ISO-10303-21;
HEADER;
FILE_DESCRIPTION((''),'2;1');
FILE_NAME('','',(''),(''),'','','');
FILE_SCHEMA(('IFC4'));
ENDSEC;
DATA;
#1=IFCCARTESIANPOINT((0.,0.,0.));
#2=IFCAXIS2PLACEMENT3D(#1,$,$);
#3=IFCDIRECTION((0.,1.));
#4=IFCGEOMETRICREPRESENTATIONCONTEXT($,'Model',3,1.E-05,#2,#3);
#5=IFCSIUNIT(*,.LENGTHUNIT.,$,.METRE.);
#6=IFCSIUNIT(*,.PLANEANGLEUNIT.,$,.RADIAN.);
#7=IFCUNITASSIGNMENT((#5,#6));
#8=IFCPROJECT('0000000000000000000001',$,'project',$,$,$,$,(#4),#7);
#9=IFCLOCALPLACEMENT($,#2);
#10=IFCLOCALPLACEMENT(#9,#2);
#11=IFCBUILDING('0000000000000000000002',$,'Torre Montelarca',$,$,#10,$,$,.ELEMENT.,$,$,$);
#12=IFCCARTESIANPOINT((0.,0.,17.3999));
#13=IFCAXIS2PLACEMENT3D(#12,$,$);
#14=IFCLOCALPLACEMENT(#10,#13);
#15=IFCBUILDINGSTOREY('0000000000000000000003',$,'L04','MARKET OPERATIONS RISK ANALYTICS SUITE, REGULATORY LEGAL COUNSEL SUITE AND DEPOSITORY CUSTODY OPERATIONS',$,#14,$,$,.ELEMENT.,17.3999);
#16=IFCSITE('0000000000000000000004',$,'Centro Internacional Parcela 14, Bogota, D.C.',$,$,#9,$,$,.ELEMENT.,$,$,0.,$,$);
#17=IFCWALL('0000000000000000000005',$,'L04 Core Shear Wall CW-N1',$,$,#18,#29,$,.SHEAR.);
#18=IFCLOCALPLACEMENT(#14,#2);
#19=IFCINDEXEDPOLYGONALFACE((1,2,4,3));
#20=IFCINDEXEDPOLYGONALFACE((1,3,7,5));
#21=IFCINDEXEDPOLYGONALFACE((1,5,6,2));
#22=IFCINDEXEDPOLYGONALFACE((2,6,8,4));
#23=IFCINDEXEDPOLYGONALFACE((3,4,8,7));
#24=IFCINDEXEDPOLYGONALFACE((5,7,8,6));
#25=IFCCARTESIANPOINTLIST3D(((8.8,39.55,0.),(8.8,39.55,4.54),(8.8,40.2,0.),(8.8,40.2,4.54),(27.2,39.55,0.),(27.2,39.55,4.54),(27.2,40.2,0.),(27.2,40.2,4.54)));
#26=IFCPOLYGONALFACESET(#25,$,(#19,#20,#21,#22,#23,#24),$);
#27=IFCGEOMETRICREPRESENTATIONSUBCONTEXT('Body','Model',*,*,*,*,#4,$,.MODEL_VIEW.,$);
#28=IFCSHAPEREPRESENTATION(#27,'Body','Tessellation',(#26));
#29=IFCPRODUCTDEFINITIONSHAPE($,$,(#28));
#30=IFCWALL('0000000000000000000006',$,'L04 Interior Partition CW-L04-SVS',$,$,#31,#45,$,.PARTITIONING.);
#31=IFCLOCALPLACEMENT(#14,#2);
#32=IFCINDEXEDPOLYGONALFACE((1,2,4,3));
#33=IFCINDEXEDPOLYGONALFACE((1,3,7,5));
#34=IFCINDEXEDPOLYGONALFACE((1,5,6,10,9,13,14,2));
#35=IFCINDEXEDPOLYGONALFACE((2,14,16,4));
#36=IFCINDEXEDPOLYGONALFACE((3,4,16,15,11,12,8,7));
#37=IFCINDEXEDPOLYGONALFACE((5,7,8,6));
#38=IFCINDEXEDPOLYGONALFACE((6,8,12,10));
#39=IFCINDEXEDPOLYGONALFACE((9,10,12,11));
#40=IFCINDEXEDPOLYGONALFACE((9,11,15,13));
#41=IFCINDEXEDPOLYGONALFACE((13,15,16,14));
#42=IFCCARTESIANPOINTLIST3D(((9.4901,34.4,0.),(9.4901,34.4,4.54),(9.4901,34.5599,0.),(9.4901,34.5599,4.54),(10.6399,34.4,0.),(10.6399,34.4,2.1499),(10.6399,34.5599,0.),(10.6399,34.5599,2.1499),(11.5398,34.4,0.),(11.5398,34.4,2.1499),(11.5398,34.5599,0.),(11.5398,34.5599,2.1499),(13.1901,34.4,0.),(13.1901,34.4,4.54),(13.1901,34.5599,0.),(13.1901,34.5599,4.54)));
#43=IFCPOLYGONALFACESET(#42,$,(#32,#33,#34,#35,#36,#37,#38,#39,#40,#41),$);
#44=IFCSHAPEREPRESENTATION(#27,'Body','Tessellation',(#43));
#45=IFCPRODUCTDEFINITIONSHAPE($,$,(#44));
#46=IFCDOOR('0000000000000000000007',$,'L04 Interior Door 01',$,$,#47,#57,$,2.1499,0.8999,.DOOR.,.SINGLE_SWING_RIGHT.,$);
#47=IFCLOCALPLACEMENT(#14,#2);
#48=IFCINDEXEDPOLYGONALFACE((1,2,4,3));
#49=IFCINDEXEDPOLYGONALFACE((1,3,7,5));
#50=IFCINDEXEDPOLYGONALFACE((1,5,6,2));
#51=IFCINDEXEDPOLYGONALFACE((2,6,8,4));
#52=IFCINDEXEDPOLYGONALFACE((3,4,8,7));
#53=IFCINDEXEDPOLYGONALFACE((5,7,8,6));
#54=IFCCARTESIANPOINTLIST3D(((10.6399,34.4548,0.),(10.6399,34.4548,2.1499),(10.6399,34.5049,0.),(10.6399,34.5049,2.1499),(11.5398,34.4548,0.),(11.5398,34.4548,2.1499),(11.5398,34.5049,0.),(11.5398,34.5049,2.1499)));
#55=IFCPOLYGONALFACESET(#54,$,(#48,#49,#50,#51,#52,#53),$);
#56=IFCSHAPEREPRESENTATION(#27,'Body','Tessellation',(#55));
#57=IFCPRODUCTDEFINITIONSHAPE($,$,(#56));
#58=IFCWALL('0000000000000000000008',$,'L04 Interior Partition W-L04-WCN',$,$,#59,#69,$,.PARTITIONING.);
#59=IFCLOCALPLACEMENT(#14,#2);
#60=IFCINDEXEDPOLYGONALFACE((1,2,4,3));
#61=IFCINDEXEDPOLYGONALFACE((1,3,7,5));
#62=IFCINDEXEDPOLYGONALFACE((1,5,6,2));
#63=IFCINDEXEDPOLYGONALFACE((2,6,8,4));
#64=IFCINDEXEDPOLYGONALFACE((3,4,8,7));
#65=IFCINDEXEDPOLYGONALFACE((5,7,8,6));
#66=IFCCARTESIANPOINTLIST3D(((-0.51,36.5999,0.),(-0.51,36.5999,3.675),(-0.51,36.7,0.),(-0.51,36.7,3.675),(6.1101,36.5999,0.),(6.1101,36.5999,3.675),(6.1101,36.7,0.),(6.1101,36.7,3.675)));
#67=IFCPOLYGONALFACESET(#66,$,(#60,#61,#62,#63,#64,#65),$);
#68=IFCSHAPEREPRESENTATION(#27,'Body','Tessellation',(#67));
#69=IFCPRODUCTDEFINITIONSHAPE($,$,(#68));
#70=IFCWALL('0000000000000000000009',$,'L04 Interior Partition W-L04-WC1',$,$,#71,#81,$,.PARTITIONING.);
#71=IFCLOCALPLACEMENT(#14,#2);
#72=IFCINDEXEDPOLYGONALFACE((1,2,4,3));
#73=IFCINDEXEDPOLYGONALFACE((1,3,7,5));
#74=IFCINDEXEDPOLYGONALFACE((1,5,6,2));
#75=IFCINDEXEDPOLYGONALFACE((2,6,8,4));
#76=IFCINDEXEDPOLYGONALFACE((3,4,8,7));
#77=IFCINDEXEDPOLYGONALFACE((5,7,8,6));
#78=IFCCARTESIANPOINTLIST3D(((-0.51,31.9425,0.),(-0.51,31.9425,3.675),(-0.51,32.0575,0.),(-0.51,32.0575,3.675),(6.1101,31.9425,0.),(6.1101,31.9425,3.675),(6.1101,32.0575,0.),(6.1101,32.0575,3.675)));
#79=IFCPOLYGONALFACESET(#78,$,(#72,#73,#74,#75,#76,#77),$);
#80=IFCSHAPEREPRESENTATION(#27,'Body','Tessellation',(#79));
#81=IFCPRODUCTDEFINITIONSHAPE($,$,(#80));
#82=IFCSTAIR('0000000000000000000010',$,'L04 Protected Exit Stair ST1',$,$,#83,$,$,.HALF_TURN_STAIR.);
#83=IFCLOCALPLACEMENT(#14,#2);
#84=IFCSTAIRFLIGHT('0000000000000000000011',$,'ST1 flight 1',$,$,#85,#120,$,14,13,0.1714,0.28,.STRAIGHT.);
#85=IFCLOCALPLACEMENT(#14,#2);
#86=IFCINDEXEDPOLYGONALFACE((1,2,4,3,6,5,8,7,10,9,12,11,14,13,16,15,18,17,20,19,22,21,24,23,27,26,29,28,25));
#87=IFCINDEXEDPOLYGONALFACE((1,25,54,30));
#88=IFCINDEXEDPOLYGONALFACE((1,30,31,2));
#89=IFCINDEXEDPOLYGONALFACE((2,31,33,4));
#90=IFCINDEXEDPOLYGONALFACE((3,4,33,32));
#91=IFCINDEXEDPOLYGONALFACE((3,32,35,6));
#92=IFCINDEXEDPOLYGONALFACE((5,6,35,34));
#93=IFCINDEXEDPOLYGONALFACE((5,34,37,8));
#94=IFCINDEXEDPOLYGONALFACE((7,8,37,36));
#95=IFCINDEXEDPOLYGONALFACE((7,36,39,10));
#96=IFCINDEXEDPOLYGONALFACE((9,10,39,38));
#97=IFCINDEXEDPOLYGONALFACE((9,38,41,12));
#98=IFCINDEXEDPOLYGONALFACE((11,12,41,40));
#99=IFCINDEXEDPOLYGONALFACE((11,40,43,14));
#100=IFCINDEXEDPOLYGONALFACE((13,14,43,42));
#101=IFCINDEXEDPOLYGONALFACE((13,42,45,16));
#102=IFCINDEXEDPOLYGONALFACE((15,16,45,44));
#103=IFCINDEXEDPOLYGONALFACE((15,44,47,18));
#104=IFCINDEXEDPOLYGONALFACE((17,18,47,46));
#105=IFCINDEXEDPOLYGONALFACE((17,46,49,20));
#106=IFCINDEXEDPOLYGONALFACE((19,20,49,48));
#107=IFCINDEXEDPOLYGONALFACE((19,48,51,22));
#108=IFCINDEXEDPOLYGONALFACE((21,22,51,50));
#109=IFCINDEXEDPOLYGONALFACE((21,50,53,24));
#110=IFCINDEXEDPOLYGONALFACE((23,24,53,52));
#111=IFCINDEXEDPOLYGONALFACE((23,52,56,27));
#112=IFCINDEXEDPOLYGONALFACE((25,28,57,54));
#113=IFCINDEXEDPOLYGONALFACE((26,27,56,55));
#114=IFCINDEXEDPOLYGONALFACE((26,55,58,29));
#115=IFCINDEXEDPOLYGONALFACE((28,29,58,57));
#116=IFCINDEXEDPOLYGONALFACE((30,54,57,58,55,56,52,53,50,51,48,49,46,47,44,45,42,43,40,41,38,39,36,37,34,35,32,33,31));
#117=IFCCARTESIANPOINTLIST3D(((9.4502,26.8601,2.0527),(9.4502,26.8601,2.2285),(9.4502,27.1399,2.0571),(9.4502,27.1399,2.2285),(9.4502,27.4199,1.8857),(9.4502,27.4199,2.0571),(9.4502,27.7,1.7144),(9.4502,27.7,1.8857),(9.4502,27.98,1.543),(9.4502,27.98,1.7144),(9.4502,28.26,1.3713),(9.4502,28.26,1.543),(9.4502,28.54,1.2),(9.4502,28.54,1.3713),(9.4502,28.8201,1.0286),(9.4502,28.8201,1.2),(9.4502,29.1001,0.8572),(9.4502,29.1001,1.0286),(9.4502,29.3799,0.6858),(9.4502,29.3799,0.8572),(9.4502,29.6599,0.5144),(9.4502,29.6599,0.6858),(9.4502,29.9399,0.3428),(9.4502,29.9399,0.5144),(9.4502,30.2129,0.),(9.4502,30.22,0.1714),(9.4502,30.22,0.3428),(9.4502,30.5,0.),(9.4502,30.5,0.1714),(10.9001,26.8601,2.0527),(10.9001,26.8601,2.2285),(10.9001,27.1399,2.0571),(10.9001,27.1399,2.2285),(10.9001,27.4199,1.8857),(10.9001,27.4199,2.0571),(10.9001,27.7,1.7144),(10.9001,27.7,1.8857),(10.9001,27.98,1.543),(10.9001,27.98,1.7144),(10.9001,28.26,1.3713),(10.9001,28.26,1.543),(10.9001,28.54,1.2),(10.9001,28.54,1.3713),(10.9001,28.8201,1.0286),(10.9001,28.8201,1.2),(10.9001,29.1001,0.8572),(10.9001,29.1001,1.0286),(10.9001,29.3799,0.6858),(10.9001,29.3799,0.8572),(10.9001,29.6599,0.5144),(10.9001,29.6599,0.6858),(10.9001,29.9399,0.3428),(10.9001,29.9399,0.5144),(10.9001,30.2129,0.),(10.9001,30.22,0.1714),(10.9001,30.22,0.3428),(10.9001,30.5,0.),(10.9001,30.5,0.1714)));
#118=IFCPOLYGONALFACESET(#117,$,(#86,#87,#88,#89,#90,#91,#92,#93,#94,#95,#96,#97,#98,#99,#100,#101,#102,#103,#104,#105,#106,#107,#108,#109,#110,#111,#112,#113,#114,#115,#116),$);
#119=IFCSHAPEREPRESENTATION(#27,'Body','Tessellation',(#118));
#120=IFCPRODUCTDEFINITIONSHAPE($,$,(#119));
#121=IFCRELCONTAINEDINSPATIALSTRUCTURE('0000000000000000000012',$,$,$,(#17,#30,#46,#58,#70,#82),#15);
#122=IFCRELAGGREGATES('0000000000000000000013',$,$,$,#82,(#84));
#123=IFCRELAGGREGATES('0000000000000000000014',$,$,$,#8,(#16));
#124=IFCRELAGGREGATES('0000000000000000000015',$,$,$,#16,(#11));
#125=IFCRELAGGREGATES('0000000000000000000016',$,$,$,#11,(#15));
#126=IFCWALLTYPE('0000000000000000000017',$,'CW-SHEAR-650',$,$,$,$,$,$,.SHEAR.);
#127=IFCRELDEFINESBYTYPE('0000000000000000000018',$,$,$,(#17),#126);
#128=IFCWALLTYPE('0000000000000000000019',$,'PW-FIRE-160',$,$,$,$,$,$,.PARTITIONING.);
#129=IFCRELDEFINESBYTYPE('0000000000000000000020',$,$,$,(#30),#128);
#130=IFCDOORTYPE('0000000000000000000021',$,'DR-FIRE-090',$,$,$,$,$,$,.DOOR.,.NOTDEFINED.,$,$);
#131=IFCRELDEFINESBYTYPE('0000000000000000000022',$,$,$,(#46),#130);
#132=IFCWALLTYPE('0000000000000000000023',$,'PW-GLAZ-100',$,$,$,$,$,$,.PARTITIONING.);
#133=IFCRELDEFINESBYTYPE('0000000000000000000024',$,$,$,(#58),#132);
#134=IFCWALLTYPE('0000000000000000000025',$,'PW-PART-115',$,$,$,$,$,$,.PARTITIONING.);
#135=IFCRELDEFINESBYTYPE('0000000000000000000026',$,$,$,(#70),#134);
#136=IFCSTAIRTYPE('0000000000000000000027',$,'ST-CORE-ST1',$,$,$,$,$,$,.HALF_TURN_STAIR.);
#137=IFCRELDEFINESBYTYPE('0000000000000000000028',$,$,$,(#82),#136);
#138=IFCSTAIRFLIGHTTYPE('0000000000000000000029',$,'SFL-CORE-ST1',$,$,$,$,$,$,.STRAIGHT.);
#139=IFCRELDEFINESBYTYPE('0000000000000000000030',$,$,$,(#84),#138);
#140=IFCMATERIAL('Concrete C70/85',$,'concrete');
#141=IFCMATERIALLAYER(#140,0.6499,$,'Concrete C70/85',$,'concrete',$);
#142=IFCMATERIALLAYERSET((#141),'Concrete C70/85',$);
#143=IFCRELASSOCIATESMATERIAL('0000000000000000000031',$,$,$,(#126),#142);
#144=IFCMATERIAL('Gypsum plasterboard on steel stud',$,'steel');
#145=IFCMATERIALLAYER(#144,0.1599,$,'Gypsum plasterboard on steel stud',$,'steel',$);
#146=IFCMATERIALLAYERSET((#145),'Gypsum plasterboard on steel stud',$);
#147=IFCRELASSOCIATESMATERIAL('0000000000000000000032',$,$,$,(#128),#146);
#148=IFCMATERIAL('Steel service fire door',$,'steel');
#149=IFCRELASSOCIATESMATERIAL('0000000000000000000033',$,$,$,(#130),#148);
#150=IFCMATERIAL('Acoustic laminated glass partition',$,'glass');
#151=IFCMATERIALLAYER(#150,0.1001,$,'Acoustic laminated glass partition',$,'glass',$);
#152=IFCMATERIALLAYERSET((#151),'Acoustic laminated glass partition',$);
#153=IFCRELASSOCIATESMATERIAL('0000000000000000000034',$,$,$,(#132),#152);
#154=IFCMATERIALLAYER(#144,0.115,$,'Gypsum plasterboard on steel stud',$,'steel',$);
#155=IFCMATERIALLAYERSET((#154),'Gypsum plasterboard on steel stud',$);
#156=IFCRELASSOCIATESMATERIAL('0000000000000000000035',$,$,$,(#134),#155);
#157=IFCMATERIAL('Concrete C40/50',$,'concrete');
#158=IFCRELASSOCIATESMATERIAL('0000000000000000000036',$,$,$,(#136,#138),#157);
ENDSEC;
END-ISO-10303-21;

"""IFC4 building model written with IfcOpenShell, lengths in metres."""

from ifc_helpers import new_model, si_unit, direction, frame, frame_2d, origin, place, context, subcontext, project, spatial, polyline, rectangle, outline, extrude, source, transform, mapped, material, layer, layer_set, type_object, element, fill, aggregate, save


model = new_model("IFC4")

# Units and contexts
model_context = context("Model", 3, precision=1e-05, world=origin(), true_north=direction((0.0, 1.0)))
body_context = subcontext(model_context, "Body", "Model", "MODEL_VIEW")
ifc_project = project(units=[si_unit("LENGTHUNIT", "METRE"), si_unit("PLANEANGLEUNIT", "RADIAN")], contexts=[model_context])

# Site, building, storey
site_placement = place(None, origin())
site = spatial("IfcSite", under=ifc_project, at=site_placement, Name="Centro Internacional Parcela 14, Bogota, D.C.", CompositionType="ELEMENT", RefElevation=0.0)
building_placement = place(site_placement, origin())
building = spatial("IfcBuilding", under=site, at=building_placement, Name="Torre Montelarca", CompositionType="ELEMENT")
storey_placement = place(building_placement, frame((0.0, 0.0, 17.3999)))
storey = spatial("IfcBuildingStorey", under=building, at=storey_placement, Name="L04", Description="MARKET OPERATIONS RISK ANALYTICS SUITE, REGULATORY LEGAL COUNSEL SUITE AND DEPOSITORY CUSTODY OPERATIONS", CompositionType="ELEMENT", Elevation=17.3999)

# Shared definitions
ifc_material_1 = material(Name="Concrete C70/85", Category="concrete")

# Shared definitions
ifc_material_2 = material(Name="Concrete C40/50", Category="concrete")

# Wall
ifc_layer_1 = layer(ifc_material_1, 0.6499, Name="Concrete C70/85", Category="concrete")
ifc_layer_set_1 = layer_set([ifc_layer_1], Name="Concrete C70/85")
wall_type_1 = type_object("IfcWallType", Name="CW-SHEAR-650", PredefinedType="SHEAR", material=ifc_layer_set_1)
wall_1_placement = place(storey_placement, frame((8.8, 39.875, 0.0), z_axis=(0.0, 0.0, 1.0), x_axis=(1.0, 0.0, 0.0)))
element("IfcWall", 1, at=wall_1_placement, inside=storey, type_object=wall_type_1, Name="L04 Core Shear Wall CW-N1", PredefinedType="SHEAR", context=body_context, shape_type="SweptSolid", body=[
    extrude(rectangle(XDim=18.3999, YDim=0.6499, at=frame_2d((9.2, 0.0))), origin(), (0.0, 0.0, 1.0), 4.54),
])

# Wall, opening, door
ifc_material_3 = material(Name="Gypsum plasterboard on steel stud", Category="steel")
ifc_layer_2 = layer(ifc_material_3, 0.1599, Name="Gypsum plasterboard on steel stud", Category="steel")
ifc_layer_set_2 = layer_set([ifc_layer_2], Name="Gypsum plasterboard on steel stud")
wall_type_2 = type_object("IfcWallType", Name="PW-FIRE-160", PredefinedType="PARTITIONING", material=ifc_layer_set_2)
wall_2_placement = place(storey_placement, frame((9.49, 34.48, 0.0), z_axis=(0.0, 0.0, 1.0), x_axis=(1.0, 0.0, 0.0)))
wall_2 = element("IfcWall", 2, at=wall_2_placement, inside=storey, type_object=wall_type_2, Name="L04 Interior Partition CW-L04-SVS", PredefinedType="PARTITIONING", context=body_context, shape_type="SweptSolid", body=[
    extrude(rectangle(XDim=3.7, YDim=0.1599, at=frame_2d((1.8501, 0.0))), origin(), (0.0, 0.0, 1.0), 4.54),
])
opening_1_placement = place(wall_2_placement, frame((1.1499, 0.0, 0.0)))
opening_1 = element("IfcOpeningElement", 3, at=opening_1_placement, cuts=wall_2, PredefinedType="OPENING", context=body_context, shape_type="SweptSolid", body=[
    extrude(rectangle(XDim=0.8999, YDim=2.1499, at=frame_2d((0.45, 1.075))), frame((0.0, 0.0898, 0.0), z_axis=(0.0, -1.0, 0.0), x_axis=(1.0, 0.0, 0.0)), (0.0, 0.0, 1.0), 0.1799),
])
ifc_material_4 = material(Name="Steel service fire door", Category="steel")
door_type_1 = type_object("IfcDoorType", Name="DR-FIRE-090", OperationType="NOTDEFINED", PredefinedType="DOOR", material=ifc_material_4)
shared_shape_1 = source(origin(), body_context, "Body", "SweptSolid", [
    extrude(rectangle(XDim=0.8999, YDim=2.1499, at=frame_2d((0.45, 1.075))), frame((0.0, 0.0249, 0.0), z_axis=(0.0, -1.0, 0.0), x_axis=(1.0, 0.0, 0.0)), (0.0, 0.0, 1.0), 0.05),
])
door_1_placement = place(opening_1_placement, origin())
door_1 = element("IfcDoor", 4, at=door_1_placement, inside=storey, type_object=door_type_1, Name="L04 Interior Door 01", OperationType="SINGLE_SWING_RIGHT", OverallHeight=2.1499, OverallWidth=0.8999, PredefinedType="DOOR", context=body_context, shape_type="MappedRepresentation", body=[
    mapped(shared_shape_1, transform((0.0, 0.0, 0.0), scale=1.0)),
])
fill(opening_1, door_1)

# Walls
ifc_material_5 = material(Name="Acoustic laminated glass partition", Category="glass")
ifc_layer_3 = layer(ifc_material_5, 0.1001, Name="Acoustic laminated glass partition", Category="glass")
ifc_layer_set_3 = layer_set([ifc_layer_3], Name="Acoustic laminated glass partition")
wall_type_3 = type_object("IfcWallType", Name="PW-GLAZ-100", PredefinedType="PARTITIONING", material=ifc_layer_set_3)
wall_3_placement = place(storey_placement, frame((-0.51, 36.6499, 0.0), z_axis=(0.0, 0.0, 1.0), x_axis=(1.0, 0.0, 0.0)))
element("IfcWall", 5, at=wall_3_placement, inside=storey, type_object=wall_type_3, Name="L04 Interior Partition W-L04-WCN", PredefinedType="PARTITIONING", context=body_context, shape_type="SweptSolid", body=[
    extrude(rectangle(XDim=6.6201, YDim=0.1001, at=frame_2d((3.3101, 0.0))), origin(), (0.0, 0.0, 1.0), 3.675),
])
ifc_layer_4 = layer(ifc_material_3, 0.115, Name="Gypsum plasterboard on steel stud", Category="steel")
ifc_layer_set_4 = layer_set([ifc_layer_4], Name="Gypsum plasterboard on steel stud")
wall_type_4 = type_object("IfcWallType", Name="PW-PART-115", PredefinedType="PARTITIONING", material=ifc_layer_set_4)
wall_4_placement = place(storey_placement, frame((-0.51, 32.0, 0.0), z_axis=(0.0, 0.0, 1.0), x_axis=(1.0, 0.0, 0.0)))
element("IfcWall", 6, at=wall_4_placement, inside=storey, type_object=wall_type_4, Name="L04 Interior Partition W-L04-WC1", PredefinedType="PARTITIONING", context=body_context, shape_type="SweptSolid", body=[
    extrude(rectangle(XDim=6.6201, YDim=0.115, at=frame_2d((3.3101, 0.0))), origin(), (0.0, 0.0, 1.0), 3.675),
])

# Stair, stair flight
stair_type = type_object("IfcStairType", Name="ST-CORE-ST1", PredefinedType="HALF_TURN_STAIR", material=ifc_material_2)
stair_placement = place(storey_placement, origin())
stair = element("IfcStair", 7, at=stair_placement, inside=storey, type_object=stair_type, Name="L04 Protected Exit Stair ST1", PredefinedType="HALF_TURN_STAIR")
stair_flight_type = type_object("IfcStairFlightType", Name="SFL-CORE-ST1", PredefinedType="STRAIGHT", material=ifc_material_2)
stair_flight_placement = place(storey_placement, frame((10.175, 30.5, 0.0), z_axis=(0.0, 0.0, 1.0), x_axis=(0.0, -1.0, 0.0)))
stair_flight = element("IfcStairFlight", 8, at=stair_flight_placement, type_object=stair_flight_type, Name="ST1 flight 1", NumberOfRisers=14, NumberOfTreads=13, PredefinedType="STRAIGHT", RiserHeight=0.1714, TreadLength=0.28, context=body_context, shape_type="SweptSolid", body=[
    extrude(outline(polyline([(0.0, 0.0), (0.0, 0.1714), (0.28, 0.1714), (0.28, 0.3428), (0.5601, 0.3428), (0.5601, 0.5144), (0.8401, 0.5144), (0.8401, 0.6858), (1.1201, 0.6858), (1.1201, 0.8572), (1.3999, 0.8572), (1.3999, 1.0286), (1.6799, 1.0286), (1.6799, 1.2), (1.96, 1.2), (1.96, 1.3713), (2.24, 1.3713), (2.24, 1.543), (2.52, 1.543), (2.52, 1.7144), (2.8, 1.7144), (2.8, 1.8857), (3.0801, 1.8857), (3.0801, 2.0571), (3.3601, 2.0571), (3.3601, 2.2285), (3.6399, 2.2285), (3.6399, 2.3999), (3.6399, 2.0527), (0.2871, 0.0), (0.0, 0.0)])), frame((0.0, 0.7251, 0.0), z_axis=(0.0, -1.0, 0.0), x_axis=(1.0, 0.0, 0.0)), (0.0, 0.0, 1.0), 1.45),
])
aggregate(stair, [stair_flight])

save(model, "model.ifc")
